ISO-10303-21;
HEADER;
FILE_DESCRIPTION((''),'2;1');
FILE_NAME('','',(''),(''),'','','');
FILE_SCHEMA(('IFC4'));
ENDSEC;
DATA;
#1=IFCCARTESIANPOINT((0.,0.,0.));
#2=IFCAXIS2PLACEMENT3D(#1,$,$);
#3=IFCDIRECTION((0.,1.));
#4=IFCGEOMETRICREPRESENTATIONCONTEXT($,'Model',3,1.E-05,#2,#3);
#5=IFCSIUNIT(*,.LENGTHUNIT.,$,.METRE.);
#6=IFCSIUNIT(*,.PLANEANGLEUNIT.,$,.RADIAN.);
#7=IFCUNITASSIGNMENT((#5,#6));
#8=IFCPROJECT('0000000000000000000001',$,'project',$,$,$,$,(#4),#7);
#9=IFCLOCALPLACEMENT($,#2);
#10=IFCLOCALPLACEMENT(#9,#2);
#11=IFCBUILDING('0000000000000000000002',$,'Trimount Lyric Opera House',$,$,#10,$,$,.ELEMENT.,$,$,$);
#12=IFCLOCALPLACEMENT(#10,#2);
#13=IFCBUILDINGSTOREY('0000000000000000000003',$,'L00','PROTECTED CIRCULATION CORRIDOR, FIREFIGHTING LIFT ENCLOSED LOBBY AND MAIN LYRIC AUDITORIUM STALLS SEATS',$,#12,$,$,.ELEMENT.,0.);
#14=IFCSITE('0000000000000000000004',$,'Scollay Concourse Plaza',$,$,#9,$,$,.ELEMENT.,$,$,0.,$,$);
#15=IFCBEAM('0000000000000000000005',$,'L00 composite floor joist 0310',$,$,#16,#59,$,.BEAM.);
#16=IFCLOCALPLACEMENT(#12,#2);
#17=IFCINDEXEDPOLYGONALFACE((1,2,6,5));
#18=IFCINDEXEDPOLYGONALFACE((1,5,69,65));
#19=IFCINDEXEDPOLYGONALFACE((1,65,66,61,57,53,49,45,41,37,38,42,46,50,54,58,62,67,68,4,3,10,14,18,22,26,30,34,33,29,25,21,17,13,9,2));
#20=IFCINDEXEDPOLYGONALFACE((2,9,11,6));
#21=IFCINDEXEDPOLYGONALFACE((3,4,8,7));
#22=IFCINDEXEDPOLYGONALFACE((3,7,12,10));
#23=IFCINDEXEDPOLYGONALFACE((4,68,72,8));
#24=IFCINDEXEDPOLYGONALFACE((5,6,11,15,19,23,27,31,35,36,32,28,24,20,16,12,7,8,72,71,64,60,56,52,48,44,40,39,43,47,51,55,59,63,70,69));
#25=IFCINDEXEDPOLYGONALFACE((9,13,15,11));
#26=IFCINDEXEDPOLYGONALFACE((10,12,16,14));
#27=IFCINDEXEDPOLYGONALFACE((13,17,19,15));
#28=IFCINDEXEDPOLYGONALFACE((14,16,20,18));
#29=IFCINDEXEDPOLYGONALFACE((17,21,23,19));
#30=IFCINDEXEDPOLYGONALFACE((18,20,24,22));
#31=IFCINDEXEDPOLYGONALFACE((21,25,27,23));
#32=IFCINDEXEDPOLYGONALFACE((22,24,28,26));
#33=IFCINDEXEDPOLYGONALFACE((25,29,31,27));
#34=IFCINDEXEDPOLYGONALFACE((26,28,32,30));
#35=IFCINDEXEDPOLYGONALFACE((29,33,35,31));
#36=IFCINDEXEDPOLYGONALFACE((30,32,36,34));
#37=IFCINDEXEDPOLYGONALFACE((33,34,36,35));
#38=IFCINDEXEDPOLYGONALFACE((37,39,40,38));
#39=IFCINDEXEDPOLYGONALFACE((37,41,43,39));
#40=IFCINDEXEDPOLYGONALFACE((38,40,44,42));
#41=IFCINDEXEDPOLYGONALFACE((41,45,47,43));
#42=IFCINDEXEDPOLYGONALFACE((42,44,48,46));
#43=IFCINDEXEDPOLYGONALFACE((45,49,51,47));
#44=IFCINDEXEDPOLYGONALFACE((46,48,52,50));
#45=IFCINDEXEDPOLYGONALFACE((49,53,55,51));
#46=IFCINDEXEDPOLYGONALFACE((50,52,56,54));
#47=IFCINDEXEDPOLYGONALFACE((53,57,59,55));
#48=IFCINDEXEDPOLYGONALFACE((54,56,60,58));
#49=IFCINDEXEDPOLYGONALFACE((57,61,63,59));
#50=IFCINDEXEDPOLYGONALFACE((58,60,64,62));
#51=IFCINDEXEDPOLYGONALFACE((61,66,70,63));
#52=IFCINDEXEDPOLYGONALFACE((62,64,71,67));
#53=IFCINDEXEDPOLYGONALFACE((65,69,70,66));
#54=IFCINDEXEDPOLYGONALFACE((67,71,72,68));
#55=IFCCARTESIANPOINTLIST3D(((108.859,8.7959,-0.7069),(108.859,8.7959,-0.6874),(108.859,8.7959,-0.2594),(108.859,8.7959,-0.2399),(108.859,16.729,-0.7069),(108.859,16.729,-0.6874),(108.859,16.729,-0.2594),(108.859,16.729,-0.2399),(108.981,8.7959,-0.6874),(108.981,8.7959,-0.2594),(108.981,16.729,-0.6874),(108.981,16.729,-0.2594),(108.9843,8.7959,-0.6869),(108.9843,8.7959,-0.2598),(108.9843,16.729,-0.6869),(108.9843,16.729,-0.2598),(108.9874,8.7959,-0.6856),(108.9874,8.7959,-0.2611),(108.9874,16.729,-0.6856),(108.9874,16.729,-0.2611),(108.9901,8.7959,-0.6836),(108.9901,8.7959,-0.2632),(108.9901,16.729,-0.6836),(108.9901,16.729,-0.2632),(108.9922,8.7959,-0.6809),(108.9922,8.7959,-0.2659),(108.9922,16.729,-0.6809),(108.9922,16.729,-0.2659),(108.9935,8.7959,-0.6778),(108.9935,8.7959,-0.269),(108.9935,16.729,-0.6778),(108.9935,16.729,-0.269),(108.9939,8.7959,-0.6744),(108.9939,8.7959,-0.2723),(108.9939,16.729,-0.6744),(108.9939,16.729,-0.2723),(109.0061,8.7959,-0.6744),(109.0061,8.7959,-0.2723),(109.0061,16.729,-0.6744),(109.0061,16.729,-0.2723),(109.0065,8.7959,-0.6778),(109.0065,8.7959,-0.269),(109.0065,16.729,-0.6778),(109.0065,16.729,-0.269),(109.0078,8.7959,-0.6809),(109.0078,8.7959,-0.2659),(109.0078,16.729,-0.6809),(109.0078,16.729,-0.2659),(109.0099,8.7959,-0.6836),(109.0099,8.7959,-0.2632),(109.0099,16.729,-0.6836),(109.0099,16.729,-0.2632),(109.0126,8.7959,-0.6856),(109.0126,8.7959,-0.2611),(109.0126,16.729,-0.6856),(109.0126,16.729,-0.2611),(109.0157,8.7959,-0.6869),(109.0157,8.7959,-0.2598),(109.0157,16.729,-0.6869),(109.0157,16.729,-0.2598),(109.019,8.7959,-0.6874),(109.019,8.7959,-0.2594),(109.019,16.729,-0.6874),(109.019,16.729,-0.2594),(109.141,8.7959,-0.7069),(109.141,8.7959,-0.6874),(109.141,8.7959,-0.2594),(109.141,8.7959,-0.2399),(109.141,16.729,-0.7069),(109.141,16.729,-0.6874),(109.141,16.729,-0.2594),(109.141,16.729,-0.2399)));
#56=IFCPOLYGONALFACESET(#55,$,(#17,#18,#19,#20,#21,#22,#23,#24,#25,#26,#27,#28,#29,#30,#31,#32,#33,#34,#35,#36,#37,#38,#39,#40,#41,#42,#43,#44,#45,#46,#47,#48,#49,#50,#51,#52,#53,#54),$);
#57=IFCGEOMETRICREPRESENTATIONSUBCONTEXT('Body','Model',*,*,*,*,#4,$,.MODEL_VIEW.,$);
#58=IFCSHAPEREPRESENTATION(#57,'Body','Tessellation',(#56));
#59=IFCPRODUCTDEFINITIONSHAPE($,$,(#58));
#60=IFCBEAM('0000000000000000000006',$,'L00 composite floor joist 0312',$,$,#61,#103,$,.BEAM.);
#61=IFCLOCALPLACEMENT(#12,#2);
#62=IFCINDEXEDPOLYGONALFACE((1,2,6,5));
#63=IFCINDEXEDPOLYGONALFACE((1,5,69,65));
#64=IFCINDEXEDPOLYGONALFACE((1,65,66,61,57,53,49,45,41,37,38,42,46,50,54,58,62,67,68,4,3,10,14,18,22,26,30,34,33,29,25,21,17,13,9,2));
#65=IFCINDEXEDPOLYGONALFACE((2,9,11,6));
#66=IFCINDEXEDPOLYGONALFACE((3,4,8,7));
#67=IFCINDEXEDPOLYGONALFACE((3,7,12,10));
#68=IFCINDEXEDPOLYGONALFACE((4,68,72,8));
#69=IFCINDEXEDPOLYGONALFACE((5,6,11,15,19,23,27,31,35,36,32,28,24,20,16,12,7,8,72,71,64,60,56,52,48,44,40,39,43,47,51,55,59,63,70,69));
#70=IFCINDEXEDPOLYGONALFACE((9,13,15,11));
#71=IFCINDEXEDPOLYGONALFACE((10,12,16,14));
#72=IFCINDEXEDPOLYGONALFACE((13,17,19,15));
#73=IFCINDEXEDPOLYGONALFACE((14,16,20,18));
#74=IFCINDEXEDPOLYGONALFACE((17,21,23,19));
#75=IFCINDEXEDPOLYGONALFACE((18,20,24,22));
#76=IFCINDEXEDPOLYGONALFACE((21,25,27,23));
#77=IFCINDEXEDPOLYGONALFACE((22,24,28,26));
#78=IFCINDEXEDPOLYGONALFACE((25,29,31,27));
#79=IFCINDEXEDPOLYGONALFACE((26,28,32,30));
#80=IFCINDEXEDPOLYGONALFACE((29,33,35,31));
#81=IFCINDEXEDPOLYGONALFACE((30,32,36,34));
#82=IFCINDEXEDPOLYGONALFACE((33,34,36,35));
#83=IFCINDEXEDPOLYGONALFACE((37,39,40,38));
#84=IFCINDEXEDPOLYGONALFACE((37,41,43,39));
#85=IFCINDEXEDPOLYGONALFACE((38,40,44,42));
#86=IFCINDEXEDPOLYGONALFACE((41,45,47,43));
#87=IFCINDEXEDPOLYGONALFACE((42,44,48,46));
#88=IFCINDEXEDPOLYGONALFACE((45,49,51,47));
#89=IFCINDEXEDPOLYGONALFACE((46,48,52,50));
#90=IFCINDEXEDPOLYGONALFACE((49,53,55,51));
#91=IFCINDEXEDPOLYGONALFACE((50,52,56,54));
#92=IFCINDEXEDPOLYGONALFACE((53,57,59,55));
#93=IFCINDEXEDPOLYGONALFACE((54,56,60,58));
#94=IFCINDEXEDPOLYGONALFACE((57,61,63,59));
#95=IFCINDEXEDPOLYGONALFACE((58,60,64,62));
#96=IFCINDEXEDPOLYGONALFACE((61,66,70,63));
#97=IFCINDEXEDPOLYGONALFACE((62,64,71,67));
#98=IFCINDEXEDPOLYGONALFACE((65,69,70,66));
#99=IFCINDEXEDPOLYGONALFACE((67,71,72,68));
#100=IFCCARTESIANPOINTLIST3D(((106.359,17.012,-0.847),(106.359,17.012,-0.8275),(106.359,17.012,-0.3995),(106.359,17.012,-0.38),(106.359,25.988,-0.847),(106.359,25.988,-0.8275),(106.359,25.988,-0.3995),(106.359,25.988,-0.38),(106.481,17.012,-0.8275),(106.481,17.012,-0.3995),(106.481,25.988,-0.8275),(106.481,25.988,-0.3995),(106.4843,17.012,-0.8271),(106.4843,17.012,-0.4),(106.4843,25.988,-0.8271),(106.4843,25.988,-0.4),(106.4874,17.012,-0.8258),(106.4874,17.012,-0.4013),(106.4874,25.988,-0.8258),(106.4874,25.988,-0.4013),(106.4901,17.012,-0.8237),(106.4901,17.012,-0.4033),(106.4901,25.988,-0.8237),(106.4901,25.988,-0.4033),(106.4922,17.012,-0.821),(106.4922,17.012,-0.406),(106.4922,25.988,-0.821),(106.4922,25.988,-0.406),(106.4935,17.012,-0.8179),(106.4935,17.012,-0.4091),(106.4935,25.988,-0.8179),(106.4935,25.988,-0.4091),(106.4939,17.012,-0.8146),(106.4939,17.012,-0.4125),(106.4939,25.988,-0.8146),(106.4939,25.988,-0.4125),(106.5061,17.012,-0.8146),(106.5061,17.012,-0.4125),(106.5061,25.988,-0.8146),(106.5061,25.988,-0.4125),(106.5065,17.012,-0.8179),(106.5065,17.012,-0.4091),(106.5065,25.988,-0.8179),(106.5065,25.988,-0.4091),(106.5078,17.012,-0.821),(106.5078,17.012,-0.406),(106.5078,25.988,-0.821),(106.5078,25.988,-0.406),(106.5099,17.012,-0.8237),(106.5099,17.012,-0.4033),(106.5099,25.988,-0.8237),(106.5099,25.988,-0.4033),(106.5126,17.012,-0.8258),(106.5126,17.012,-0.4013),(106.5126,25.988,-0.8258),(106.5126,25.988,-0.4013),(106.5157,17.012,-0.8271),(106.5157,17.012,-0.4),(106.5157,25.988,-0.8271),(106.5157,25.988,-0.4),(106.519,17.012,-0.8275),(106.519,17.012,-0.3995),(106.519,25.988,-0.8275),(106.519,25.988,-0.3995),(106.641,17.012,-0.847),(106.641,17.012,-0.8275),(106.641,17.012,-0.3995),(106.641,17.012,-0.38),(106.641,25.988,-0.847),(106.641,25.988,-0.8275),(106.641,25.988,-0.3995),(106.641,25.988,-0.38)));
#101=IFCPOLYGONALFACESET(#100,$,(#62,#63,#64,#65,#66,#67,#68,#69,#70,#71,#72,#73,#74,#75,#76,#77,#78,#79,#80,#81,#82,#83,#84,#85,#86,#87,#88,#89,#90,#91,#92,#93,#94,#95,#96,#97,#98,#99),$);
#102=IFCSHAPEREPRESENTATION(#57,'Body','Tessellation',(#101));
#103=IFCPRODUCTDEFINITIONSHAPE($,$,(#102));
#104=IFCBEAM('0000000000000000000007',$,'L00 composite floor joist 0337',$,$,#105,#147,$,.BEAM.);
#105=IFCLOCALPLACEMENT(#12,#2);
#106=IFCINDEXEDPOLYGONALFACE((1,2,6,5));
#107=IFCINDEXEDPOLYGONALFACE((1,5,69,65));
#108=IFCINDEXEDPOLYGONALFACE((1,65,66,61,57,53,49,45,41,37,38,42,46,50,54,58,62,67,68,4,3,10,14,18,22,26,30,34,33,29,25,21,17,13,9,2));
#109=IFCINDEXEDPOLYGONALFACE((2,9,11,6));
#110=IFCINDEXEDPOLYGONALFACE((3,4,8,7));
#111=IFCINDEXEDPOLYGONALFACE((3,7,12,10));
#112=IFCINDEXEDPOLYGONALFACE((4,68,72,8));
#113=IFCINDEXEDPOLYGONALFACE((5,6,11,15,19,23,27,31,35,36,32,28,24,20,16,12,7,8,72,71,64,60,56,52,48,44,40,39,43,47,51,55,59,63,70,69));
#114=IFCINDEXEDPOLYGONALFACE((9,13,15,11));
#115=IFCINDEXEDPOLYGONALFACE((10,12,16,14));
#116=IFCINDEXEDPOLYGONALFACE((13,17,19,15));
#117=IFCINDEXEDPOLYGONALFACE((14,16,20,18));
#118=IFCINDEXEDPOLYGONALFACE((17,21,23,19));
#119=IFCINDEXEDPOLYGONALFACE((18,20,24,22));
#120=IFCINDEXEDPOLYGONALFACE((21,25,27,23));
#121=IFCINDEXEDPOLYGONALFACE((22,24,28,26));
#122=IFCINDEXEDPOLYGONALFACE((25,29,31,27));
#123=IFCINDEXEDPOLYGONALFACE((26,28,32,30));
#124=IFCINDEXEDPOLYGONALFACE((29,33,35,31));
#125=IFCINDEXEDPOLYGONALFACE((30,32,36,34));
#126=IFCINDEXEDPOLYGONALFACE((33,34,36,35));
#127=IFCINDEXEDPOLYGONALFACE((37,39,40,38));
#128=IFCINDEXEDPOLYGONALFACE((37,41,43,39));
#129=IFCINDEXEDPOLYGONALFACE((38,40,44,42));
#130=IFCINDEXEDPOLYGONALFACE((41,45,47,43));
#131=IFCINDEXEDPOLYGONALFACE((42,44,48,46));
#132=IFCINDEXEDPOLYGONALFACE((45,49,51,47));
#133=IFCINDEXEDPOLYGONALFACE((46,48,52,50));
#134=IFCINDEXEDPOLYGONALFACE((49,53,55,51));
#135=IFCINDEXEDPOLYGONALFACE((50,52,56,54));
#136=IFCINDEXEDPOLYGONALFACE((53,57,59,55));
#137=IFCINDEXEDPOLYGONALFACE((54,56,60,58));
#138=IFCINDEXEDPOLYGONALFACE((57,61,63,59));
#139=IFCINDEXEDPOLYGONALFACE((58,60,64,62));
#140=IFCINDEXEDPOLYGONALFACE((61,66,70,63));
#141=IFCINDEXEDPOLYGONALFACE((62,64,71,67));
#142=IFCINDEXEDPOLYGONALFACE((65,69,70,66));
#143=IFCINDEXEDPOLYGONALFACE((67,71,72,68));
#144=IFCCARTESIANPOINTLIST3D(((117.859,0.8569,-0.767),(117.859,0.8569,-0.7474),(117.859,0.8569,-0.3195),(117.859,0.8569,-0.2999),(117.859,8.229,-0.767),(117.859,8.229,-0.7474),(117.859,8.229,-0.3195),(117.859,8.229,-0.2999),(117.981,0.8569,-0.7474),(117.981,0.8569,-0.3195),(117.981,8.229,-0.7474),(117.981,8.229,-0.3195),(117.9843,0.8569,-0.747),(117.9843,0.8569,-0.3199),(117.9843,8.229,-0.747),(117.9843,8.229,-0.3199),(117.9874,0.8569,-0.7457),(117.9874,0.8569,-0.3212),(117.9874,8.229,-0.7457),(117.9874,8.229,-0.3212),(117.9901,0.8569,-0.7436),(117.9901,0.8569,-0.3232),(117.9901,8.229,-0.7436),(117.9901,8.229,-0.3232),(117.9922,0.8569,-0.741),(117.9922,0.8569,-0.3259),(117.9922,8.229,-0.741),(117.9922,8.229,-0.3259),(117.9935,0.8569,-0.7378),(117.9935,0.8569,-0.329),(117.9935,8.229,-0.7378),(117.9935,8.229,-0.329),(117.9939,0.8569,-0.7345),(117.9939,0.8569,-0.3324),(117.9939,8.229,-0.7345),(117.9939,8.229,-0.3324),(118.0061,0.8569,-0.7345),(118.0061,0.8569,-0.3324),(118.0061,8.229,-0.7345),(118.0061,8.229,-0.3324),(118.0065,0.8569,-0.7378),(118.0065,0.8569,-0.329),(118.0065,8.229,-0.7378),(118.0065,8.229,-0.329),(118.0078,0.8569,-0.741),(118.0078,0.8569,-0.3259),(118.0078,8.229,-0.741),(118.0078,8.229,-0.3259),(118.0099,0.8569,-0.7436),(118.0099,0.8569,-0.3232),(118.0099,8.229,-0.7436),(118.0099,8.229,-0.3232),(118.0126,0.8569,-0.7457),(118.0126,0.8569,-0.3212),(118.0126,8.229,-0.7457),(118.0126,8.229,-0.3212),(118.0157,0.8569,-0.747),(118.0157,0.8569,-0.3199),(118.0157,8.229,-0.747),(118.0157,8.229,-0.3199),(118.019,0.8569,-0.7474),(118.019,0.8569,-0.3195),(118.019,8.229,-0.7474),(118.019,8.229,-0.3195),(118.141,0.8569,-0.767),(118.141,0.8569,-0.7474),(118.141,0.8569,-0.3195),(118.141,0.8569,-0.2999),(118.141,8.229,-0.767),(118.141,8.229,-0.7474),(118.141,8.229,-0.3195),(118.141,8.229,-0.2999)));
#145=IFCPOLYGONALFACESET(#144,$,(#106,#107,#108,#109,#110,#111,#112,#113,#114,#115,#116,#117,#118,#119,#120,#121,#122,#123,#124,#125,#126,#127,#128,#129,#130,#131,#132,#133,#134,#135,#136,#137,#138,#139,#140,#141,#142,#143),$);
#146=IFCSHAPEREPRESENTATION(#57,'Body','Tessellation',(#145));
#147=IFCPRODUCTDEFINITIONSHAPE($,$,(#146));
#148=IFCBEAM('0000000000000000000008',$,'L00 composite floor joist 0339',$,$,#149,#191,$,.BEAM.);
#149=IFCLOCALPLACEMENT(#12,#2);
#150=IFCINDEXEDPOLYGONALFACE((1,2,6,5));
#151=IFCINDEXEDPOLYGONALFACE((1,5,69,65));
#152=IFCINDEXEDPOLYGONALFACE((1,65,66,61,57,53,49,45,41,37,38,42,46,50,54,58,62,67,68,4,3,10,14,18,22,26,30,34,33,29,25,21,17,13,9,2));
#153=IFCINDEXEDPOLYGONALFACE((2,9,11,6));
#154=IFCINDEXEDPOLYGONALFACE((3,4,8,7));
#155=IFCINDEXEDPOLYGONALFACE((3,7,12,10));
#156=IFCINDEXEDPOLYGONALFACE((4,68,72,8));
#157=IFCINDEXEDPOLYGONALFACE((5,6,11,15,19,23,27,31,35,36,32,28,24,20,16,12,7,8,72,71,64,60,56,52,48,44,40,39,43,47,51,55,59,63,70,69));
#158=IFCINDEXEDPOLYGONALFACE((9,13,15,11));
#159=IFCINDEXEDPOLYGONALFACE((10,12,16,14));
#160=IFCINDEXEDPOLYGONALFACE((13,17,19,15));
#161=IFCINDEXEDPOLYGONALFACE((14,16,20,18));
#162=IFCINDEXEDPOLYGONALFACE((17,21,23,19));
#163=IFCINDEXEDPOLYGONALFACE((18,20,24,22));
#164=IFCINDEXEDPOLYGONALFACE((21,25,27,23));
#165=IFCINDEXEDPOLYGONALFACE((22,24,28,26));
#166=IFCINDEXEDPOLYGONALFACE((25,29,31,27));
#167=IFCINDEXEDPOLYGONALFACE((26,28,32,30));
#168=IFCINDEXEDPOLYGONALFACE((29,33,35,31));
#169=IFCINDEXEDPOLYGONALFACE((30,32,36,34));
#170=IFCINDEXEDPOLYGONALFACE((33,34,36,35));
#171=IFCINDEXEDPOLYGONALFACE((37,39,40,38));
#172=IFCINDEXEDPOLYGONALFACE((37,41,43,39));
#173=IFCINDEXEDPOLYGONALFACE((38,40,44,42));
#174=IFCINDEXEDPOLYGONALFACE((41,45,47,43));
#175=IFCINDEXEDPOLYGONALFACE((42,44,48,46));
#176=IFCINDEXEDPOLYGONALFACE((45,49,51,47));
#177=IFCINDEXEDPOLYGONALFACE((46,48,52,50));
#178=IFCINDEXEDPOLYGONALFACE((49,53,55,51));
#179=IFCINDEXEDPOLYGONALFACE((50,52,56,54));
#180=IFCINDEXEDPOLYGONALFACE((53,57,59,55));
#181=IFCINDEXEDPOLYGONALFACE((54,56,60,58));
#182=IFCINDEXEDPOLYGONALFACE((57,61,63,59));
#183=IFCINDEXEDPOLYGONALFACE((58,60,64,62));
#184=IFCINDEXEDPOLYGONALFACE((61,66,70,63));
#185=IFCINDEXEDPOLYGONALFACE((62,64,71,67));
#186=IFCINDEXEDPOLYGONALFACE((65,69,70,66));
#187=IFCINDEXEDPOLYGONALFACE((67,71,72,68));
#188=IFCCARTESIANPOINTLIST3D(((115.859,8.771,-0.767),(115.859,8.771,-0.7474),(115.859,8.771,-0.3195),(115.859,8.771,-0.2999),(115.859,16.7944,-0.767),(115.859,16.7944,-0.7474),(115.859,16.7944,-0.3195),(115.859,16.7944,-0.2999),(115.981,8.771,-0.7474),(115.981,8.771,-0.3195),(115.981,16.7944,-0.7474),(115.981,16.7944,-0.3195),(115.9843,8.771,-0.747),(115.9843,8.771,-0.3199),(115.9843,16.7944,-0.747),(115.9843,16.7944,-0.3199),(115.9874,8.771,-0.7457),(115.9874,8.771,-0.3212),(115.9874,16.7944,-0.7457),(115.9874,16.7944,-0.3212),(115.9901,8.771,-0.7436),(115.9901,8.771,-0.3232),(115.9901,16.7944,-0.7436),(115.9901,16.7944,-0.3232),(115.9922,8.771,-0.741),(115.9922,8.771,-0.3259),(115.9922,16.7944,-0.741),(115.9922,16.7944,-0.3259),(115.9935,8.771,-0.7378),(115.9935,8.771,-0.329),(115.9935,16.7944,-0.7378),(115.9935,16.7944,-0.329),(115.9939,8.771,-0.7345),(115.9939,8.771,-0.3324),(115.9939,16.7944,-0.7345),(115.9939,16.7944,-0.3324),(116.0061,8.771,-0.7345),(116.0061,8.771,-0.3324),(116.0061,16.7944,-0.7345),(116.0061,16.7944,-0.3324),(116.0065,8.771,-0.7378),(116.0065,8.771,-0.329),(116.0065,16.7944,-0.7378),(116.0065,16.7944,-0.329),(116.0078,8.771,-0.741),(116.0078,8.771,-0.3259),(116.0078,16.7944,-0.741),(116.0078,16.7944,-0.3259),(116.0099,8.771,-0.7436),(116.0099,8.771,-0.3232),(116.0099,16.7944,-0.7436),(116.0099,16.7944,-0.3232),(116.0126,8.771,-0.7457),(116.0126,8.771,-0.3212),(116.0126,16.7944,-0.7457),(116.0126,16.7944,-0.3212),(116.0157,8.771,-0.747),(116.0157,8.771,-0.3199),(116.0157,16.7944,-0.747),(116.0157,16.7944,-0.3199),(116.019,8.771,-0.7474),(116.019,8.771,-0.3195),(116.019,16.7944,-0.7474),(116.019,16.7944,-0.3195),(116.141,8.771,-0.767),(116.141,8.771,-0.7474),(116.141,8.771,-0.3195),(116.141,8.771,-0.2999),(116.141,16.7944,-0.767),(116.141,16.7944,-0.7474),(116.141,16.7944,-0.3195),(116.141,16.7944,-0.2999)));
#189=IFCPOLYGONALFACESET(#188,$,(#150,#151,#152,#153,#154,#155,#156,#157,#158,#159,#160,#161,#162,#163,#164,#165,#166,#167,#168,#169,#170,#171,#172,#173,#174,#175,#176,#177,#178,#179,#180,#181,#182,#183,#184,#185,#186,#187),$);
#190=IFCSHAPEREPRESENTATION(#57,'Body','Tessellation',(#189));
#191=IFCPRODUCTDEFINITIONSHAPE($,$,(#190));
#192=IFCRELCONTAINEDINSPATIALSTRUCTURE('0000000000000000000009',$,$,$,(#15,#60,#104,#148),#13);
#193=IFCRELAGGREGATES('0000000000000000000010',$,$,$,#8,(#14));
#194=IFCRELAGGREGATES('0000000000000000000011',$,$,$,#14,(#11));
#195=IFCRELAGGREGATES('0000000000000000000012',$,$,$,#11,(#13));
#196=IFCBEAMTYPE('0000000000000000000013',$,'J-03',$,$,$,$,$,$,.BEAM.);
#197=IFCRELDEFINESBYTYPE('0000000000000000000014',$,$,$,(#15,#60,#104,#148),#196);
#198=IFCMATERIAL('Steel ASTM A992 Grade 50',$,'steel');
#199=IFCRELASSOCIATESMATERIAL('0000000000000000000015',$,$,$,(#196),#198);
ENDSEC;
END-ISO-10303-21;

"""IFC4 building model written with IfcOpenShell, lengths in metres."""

from ifc_helpers import new_model, si_unit, direction, frame, origin, origin_2d, place, context, subcontext, project, spatial, i_section, extrude, material, material_profile, profile_set, type_object, element, save


model = new_model("IFC4")

# Units and contexts
model_context = context("Model", 3, precision=1e-05, world=origin(), true_north=direction((0.0, 1.0)))
body_context = subcontext(model_context, "Body", "Model", "MODEL_VIEW")
ifc_project = project(units=[si_unit("LENGTHUNIT", "METRE"), si_unit("PLANEANGLEUNIT", "RADIAN")], contexts=[model_context])

# Site, building, storey
site_placement = place(None, origin())
site = spatial("IfcSite", under=ifc_project, at=site_placement, Name="Scollay Concourse Plaza", CompositionType="ELEMENT", RefElevation=0.0)
building_placement = place(site_placement, origin())
building = spatial("IfcBuilding", under=site, at=building_placement, Name="Trimount Lyric Opera House", CompositionType="ELEMENT")
storey_placement = place(building_placement, origin())
storey = spatial("IfcBuildingStorey", under=building, at=storey_placement, Name="L00", Description="PROTECTED CIRCULATION CORRIDOR, FIREFIGHTING LIFT ENCLOSED LOBBY AND MAIN LYRIC AUDITORIUM STALLS SEATS", CompositionType="ELEMENT", Elevation=0.0)

# Beams
ifc_material_1 = material(Name="Steel ASTM A992 Grade 50", Category="steel")
ifc_material_profile_1 = material_profile(ifc_material_1, i_section(OverallWidth=0.282, OverallDepth=0.467, WebThickness=0.0122, FlangeThickness=0.0195, FilletRadius=0.0129, at=origin_2d()), Name="W18X86")
ifc_profile_set_1 = profile_set([ifc_material_profile_1], Name="Steel ASTM A992 Grade 50")
beam_type_1 = type_object("IfcBeamType", Name="J-03", PredefinedType="BEAM", material=ifc_profile_set_1)
beam_1_placement = place(storey_placement, frame((109.0, 8.7959, -0.4734), z_axis=(0.0, 1.0, 0.0), x_axis=(-1.0, 0.0, 0.0)))
element("IfcBeam", 1, at=beam_1_placement, inside=storey, type_object=beam_type_1, Name="L00 composite floor joist 0310", PredefinedType="BEAM", context=body_context, shape_type="SweptSolid", body=[
    extrude(i_section(OverallWidth=0.282, OverallDepth=0.467, WebThickness=0.0122, FlangeThickness=0.0195, FilletRadius=0.0129, at=origin_2d()), origin(), (0.0, 0.0, 1.0), 7.9331),
])
beam_2_placement = place(storey_placement, frame((106.5, 17.012, -0.6135), z_axis=(0.0, 1.0, 0.0), x_axis=(-1.0, 0.0, 0.0)))
element("IfcBeam", 2, at=beam_2_placement, inside=storey, type_object=beam_type_1, Name="L00 composite floor joist 0312", PredefinedType="BEAM", context=body_context, shape_type="SweptSolid", body=[
    extrude(i_section(OverallWidth=0.282, OverallDepth=0.467, WebThickness=0.0122, FlangeThickness=0.0195, FilletRadius=0.0129, at=origin_2d()), origin(), (0.0, 0.0, 1.0), 8.9761),
])
beam_3_placement = place(storey_placement, frame((118.0, 0.8569, -0.5334), z_axis=(0.0, 1.0, 0.0), x_axis=(-1.0, 0.0, 0.0)))
element("IfcBeam", 3, at=beam_3_placement, inside=storey, type_object=beam_type_1, Name="L00 composite floor joist 0337", PredefinedType="BEAM", context=body_context, shape_type="SweptSolid", body=[
    extrude(i_section(OverallWidth=0.282, OverallDepth=0.467, WebThickness=0.0122, FlangeThickness=0.0195, FilletRadius=0.0129, at=origin_2d()), origin(), (0.0, 0.0, 1.0), 7.3721),
])
beam_4_placement = place(storey_placement, frame((116.0, 8.771, -0.5334), z_axis=(0.0, 1.0, 0.0), x_axis=(-1.0, 0.0, 0.0)))
element("IfcBeam", 4, at=beam_4_placement, inside=storey, type_object=beam_type_1, Name="L00 composite floor joist 0339", PredefinedType="BEAM", context=body_context, shape_type="SweptSolid", body=[
    extrude(i_section(OverallWidth=0.282, OverallDepth=0.467, WebThickness=0.0122, FlangeThickness=0.0195, FilletRadius=0.0129, at=origin_2d()), origin(), (0.0, 0.0, 1.0), 8.0234),
])

save(model, "model.ifc")
